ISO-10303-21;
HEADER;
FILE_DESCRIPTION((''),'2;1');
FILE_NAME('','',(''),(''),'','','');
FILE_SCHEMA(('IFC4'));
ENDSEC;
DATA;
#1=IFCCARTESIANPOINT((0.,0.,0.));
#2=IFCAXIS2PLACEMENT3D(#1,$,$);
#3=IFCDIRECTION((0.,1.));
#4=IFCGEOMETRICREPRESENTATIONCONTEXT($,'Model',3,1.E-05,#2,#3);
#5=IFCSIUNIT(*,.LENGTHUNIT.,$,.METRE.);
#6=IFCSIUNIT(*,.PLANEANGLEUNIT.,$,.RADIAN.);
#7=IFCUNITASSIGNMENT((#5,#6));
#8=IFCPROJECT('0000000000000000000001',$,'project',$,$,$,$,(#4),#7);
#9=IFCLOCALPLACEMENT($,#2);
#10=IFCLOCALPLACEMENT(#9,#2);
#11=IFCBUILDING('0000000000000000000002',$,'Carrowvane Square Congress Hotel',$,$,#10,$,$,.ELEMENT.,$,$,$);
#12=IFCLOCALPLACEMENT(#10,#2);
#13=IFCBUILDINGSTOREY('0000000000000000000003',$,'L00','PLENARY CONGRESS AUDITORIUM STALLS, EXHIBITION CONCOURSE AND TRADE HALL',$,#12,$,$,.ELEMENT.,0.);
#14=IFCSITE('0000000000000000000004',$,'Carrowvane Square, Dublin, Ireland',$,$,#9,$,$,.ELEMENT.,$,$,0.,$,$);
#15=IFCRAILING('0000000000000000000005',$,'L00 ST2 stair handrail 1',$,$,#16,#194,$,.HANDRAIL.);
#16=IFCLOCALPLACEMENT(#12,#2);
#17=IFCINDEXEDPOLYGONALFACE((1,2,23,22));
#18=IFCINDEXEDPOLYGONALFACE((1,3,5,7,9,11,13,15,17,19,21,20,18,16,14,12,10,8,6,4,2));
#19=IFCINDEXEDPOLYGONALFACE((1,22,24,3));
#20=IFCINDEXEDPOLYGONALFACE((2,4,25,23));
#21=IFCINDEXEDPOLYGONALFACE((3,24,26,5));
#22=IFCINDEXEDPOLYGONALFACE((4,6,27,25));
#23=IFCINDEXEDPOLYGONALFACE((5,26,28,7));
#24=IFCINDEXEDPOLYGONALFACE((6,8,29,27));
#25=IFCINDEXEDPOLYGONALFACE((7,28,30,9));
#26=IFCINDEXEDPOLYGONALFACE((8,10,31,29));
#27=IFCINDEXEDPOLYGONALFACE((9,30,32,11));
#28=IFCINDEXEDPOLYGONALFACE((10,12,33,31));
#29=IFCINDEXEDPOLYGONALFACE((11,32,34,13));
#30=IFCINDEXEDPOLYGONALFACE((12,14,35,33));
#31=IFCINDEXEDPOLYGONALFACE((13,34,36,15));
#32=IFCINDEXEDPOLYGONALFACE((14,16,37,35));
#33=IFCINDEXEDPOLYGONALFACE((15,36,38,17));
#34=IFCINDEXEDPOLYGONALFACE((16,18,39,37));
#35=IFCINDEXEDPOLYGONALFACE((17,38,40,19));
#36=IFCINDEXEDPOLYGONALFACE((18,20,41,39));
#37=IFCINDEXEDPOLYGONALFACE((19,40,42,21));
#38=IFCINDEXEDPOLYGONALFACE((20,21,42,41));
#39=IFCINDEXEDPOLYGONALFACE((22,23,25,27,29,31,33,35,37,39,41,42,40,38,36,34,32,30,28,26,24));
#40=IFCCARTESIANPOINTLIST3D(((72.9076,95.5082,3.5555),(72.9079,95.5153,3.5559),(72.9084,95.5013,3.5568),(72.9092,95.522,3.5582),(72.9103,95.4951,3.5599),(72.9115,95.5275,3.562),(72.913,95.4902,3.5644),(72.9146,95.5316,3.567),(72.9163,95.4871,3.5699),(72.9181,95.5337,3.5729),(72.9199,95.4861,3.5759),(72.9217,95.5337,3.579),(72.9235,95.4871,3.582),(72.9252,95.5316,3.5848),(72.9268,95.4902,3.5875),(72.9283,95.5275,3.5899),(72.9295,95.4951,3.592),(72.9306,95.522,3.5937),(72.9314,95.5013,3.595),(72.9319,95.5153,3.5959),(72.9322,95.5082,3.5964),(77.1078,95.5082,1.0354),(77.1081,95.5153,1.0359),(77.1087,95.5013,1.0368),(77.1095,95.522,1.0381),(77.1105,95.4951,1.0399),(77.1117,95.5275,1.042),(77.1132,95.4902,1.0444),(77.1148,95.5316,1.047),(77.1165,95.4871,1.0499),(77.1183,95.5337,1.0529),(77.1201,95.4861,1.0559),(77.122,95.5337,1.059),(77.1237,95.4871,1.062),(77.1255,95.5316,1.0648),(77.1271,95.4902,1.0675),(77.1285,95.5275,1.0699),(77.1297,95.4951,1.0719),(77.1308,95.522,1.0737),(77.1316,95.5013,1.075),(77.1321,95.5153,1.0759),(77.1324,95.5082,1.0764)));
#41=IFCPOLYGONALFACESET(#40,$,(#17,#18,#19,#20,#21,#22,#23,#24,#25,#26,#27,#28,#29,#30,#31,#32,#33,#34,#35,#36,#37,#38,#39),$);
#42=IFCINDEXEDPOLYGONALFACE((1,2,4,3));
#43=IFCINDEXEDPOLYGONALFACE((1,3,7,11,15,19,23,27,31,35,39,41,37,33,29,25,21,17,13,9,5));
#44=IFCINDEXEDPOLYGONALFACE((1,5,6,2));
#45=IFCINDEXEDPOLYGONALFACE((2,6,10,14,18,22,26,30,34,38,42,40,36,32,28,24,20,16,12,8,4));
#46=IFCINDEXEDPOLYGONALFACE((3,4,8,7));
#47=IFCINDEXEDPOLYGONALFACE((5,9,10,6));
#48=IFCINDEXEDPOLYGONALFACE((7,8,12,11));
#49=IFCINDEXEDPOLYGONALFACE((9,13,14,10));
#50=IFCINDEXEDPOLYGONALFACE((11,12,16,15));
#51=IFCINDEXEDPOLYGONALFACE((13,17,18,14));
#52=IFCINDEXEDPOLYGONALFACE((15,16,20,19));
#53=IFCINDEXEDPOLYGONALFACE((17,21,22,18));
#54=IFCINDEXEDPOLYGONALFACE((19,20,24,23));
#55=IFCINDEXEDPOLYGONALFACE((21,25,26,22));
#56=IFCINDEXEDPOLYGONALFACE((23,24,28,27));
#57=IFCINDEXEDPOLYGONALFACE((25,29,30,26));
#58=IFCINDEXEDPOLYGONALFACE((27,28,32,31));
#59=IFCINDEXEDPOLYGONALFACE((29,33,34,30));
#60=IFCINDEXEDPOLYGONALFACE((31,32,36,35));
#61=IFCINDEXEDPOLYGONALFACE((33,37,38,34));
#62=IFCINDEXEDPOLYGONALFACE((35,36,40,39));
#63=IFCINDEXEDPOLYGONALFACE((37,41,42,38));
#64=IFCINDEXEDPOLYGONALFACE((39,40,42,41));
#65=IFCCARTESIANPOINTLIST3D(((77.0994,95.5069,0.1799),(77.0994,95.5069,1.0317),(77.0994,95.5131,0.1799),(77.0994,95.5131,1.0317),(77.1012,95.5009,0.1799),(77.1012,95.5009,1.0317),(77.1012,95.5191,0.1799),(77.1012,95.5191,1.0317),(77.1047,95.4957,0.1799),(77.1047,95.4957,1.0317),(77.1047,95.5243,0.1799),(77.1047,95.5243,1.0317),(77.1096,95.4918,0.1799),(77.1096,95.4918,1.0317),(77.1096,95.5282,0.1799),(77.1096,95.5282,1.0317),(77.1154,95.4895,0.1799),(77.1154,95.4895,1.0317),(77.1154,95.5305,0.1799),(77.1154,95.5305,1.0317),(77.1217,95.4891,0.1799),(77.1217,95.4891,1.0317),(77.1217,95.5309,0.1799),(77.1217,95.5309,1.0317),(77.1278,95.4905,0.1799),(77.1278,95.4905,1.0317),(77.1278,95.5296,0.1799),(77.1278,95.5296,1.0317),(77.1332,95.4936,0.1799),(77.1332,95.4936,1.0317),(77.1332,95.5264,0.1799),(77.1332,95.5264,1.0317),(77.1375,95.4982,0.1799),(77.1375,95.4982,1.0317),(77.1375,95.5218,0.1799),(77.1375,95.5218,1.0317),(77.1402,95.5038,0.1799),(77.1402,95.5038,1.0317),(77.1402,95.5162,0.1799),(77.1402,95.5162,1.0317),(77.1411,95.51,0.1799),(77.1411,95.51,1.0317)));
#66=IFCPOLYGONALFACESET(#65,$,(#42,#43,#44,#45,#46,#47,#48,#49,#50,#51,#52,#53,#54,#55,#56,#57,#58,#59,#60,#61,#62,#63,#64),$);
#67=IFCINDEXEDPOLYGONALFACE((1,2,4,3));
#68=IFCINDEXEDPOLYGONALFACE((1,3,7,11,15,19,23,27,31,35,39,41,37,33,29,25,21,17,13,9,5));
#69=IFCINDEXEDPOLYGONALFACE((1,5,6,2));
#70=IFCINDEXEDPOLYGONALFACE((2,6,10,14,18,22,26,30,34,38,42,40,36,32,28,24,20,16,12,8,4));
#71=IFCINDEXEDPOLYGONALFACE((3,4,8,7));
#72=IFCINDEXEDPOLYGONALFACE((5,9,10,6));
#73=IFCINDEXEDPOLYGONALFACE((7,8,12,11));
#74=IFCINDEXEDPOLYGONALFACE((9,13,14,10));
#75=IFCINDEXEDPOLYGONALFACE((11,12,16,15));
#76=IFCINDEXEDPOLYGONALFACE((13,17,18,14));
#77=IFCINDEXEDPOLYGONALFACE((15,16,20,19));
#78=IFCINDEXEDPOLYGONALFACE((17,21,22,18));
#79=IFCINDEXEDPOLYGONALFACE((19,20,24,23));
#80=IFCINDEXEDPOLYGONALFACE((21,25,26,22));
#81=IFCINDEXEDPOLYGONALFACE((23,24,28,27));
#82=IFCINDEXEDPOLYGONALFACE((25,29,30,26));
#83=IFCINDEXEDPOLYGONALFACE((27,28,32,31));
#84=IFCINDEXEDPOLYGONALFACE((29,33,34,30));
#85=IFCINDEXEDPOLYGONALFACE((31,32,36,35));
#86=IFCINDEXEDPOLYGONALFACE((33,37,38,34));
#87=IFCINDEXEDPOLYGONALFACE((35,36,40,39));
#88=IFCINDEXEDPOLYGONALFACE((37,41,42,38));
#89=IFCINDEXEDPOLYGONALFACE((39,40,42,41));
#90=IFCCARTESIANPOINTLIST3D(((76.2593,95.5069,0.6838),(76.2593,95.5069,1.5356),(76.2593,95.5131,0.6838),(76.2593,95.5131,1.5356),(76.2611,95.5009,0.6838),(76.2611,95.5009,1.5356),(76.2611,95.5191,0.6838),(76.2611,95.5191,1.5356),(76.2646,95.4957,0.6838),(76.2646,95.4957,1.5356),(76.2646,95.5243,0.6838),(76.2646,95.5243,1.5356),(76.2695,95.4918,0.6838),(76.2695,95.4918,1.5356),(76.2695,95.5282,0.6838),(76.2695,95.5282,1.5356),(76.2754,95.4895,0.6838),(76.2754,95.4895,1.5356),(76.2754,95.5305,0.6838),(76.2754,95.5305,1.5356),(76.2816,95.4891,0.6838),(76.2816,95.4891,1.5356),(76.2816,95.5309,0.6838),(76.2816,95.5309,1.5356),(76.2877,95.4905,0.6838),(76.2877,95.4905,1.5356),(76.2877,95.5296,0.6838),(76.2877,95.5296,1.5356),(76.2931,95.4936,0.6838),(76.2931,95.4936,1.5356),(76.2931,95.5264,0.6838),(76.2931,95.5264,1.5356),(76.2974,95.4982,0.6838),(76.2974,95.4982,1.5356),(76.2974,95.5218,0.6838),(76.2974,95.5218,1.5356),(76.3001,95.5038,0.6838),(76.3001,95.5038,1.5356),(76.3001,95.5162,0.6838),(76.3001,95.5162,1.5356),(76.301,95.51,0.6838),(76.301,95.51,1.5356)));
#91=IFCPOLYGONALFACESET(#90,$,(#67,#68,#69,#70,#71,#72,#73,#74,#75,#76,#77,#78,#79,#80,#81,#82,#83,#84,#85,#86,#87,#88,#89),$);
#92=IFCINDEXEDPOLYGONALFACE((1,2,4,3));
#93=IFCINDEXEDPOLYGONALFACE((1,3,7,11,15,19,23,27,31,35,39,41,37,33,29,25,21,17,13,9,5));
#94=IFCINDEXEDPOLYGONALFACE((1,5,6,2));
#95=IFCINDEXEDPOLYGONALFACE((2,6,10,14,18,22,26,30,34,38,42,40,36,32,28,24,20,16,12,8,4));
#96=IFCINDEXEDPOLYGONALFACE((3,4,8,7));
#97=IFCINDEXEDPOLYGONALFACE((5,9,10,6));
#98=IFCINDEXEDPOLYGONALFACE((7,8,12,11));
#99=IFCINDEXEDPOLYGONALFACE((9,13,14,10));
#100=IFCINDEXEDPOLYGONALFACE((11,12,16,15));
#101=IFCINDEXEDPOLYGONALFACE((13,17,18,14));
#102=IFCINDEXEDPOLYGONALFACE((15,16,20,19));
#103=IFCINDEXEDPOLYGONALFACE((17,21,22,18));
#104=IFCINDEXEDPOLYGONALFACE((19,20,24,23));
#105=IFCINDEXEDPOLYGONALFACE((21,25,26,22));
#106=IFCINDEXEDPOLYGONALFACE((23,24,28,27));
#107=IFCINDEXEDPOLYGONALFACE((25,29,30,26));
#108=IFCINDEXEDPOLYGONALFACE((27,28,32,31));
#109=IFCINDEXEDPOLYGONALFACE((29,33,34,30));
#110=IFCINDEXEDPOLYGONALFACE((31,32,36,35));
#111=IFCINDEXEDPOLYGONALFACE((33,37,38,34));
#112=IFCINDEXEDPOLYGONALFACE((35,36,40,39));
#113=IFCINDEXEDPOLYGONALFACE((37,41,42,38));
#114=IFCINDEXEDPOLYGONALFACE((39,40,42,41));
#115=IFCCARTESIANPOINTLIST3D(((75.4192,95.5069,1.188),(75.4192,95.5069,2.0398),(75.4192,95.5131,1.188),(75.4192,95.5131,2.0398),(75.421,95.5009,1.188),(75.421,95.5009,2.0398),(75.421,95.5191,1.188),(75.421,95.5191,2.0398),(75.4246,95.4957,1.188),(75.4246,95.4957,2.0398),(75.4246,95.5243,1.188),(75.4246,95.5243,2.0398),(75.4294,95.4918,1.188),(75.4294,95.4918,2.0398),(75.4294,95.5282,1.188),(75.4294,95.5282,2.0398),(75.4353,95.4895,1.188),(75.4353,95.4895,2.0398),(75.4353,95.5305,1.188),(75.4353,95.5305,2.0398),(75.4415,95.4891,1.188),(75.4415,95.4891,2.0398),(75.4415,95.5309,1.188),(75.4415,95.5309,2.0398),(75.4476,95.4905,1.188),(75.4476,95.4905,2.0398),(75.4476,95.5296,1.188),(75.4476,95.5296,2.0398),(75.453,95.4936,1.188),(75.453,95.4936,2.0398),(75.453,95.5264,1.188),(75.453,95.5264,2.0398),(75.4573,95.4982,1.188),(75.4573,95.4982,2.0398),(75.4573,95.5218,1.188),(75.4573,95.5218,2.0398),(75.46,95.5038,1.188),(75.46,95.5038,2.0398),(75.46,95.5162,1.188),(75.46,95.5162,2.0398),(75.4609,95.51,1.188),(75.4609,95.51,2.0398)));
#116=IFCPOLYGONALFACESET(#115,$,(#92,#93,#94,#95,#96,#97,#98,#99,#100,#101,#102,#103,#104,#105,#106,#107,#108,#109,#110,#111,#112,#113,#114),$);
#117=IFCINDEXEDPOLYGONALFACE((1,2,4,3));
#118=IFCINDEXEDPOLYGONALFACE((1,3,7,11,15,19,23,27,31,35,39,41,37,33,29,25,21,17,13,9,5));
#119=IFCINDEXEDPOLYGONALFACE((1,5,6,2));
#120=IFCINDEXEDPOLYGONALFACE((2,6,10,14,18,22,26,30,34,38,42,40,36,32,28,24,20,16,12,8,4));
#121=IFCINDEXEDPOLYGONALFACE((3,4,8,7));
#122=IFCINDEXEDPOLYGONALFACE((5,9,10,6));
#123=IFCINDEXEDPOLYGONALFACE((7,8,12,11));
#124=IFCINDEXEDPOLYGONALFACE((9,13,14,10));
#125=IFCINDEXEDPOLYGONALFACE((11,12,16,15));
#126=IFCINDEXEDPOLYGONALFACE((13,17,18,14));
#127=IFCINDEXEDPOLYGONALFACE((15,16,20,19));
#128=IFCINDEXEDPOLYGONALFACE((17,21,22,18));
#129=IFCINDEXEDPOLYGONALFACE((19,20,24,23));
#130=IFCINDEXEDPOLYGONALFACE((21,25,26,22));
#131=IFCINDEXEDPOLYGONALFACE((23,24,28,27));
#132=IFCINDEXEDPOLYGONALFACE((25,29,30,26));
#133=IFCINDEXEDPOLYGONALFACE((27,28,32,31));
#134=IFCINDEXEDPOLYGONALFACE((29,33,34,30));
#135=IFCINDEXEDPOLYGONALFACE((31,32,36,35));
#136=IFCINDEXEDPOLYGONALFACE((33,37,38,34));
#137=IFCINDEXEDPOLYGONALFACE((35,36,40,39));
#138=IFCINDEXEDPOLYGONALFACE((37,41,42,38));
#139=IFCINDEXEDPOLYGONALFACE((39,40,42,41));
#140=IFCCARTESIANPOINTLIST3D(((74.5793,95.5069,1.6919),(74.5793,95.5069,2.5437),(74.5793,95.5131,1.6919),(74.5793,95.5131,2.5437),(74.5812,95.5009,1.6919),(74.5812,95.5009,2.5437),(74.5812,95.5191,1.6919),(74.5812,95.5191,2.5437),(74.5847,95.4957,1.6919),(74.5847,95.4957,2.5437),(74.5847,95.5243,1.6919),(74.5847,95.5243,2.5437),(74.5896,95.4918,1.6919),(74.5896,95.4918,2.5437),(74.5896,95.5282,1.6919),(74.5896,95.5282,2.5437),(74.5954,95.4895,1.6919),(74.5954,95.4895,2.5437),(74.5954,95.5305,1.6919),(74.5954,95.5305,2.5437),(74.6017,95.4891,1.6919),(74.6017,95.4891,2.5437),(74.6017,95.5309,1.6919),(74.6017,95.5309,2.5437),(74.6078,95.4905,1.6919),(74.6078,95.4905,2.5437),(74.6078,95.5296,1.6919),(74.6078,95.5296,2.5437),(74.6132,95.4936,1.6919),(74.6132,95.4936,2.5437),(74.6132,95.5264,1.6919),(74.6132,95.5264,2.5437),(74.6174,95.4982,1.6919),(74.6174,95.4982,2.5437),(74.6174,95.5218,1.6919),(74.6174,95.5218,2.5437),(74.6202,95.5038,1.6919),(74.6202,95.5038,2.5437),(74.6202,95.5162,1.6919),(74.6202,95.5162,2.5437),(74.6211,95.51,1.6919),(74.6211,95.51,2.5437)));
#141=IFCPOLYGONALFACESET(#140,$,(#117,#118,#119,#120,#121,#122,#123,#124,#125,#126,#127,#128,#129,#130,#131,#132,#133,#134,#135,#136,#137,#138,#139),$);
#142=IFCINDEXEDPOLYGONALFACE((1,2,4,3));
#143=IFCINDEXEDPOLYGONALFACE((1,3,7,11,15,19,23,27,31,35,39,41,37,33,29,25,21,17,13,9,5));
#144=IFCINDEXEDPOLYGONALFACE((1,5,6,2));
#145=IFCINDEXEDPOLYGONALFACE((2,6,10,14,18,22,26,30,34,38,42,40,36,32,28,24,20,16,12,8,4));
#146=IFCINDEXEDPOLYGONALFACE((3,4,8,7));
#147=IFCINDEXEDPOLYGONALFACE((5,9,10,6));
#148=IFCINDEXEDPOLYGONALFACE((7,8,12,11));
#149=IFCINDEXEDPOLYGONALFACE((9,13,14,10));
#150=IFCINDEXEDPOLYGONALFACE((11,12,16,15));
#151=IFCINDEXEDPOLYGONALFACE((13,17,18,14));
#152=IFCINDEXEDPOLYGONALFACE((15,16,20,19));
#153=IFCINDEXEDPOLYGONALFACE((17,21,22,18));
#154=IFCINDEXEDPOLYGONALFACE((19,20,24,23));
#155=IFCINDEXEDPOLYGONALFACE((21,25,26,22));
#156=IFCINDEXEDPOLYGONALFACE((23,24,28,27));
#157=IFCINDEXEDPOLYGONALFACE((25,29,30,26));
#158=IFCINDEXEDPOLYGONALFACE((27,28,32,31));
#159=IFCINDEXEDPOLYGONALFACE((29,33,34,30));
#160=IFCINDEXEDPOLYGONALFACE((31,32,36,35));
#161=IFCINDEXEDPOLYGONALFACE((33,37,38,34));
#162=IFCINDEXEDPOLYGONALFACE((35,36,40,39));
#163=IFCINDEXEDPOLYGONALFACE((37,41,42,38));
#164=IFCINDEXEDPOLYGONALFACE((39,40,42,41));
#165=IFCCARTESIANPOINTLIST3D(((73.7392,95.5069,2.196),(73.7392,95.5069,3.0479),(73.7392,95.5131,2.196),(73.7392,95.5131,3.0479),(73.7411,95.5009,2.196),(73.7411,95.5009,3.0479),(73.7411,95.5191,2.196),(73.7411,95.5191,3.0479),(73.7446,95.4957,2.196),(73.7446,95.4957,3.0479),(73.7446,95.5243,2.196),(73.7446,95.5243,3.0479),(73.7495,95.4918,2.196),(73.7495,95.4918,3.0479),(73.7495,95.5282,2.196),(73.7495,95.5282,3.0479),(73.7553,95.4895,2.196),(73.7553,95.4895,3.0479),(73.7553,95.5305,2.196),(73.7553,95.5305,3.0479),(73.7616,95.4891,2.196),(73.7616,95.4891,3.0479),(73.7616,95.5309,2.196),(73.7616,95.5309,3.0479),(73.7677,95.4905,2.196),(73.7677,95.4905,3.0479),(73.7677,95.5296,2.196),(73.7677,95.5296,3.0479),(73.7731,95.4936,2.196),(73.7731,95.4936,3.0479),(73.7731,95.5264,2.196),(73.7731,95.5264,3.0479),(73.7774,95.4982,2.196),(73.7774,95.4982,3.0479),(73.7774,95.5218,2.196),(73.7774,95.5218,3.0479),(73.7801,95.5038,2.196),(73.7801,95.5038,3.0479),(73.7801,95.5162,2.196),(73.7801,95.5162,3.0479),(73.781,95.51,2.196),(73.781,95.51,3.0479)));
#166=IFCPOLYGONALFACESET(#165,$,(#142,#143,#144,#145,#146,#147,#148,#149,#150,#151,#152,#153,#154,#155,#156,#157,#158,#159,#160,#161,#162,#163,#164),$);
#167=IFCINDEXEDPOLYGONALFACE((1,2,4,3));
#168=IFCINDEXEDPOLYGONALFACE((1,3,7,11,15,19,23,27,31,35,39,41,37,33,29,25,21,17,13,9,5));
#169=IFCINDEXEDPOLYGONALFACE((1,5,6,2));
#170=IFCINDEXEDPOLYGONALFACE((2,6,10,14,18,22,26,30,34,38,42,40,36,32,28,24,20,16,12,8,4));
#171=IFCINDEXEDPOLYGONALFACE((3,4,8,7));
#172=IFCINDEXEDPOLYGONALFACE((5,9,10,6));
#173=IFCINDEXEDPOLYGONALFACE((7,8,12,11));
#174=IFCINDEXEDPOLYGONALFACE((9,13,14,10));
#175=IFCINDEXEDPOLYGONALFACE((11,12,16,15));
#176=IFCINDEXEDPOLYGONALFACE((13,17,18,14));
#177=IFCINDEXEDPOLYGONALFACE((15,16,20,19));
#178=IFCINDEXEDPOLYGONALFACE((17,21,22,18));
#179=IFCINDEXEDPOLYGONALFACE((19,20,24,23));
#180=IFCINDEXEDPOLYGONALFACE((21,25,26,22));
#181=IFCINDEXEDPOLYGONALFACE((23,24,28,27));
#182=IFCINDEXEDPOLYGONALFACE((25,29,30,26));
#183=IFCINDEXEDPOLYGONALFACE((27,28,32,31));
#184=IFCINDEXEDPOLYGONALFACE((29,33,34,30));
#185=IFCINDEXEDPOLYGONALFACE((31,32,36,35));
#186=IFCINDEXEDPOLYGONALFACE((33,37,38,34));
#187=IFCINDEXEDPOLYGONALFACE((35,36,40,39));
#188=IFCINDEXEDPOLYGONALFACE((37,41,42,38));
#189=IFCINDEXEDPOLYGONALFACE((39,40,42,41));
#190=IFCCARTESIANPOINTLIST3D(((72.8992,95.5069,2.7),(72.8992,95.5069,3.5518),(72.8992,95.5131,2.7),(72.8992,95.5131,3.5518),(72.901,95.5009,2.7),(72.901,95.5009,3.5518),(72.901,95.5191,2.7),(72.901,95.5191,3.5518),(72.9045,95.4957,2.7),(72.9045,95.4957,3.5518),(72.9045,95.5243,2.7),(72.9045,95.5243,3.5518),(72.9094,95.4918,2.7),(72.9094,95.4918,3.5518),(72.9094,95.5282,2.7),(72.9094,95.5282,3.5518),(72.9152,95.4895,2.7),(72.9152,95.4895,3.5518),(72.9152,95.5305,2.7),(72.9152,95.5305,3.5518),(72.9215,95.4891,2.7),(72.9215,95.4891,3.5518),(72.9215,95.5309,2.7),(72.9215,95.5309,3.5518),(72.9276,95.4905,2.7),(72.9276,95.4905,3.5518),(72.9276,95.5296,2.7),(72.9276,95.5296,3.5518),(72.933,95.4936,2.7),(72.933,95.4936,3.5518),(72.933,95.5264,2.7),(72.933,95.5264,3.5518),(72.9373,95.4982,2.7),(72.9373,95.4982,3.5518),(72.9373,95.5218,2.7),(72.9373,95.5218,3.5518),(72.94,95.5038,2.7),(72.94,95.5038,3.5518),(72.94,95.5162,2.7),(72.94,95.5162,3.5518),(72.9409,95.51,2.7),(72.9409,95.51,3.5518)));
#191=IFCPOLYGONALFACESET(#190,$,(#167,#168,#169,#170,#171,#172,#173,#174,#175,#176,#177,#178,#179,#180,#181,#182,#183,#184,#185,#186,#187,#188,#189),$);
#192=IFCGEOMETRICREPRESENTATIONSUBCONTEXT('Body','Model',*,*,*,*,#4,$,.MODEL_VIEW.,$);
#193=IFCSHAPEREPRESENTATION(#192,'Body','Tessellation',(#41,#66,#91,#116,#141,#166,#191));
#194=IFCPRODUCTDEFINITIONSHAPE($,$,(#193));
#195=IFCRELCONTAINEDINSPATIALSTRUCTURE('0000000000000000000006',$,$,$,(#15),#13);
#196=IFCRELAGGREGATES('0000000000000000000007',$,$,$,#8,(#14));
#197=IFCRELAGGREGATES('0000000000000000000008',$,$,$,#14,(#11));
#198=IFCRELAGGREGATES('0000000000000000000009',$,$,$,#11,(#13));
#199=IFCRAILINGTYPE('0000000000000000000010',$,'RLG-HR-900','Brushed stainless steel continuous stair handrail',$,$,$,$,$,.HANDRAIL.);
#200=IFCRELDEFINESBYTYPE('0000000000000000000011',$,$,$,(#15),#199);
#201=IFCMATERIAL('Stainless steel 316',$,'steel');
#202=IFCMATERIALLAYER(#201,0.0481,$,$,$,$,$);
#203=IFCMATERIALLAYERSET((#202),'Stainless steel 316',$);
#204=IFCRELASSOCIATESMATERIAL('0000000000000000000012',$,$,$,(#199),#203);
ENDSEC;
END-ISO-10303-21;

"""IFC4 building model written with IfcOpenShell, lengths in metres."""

from ifc_helpers import new_model, si_unit, direction, frame, origin, origin_2d, place, context, subcontext, project, spatial, circle, extrude, material, layer, layer_set, type_object, element, save


model = new_model("IFC4")

# Units and contexts
model_context = context("Model", 3, precision=1e-05, world=origin(), true_north=direction((0.0, 1.0)))
body_context = subcontext(model_context, "Body", "Model", "MODEL_VIEW")
ifc_project = project(units=[si_unit("LENGTHUNIT", "METRE"), si_unit("PLANEANGLEUNIT", "RADIAN")], contexts=[model_context])

# Site, building, storey
site_placement = place(None, origin())
site = spatial("IfcSite", under=ifc_project, at=site_placement, Name="Carrowvane Square, Dublin, Ireland", CompositionType="ELEMENT", RefElevation=0.0)
building_placement = place(site_placement, origin())
building = spatial("IfcBuilding", under=site, at=building_placement, Name="Carrowvane Square Congress Hotel", CompositionType="ELEMENT")
storey_placement = place(building_placement, origin())
storey = spatial("IfcBuildingStorey", under=building, at=storey_placement, Name="L00", Description="PLENARY CONGRESS AUDITORIUM STALLS, EXHIBITION CONCOURSE AND TRADE HALL", CompositionType="ELEMENT", Elevation=0.0)

# Railing
ifc_material_1 = material(Name="Stainless steel 316", Category="steel")
ifc_layer_1 = layer(ifc_material_1, 0.0481)
ifc_layer_set_1 = layer_set([ifc_layer_1], Name="Stainless steel 316")
railing_type_1 = type_object("IfcRailingType", Name="RLG-HR-900", Description="Brushed stainless steel continuous stair handrail", PredefinedType="HANDRAIL", material=ifc_layer_set_1)
railing_1_placement = place(storey_placement, frame((77.1201, 95.51, 0.1799)))
element("IfcRailing", 1, at=railing_1_placement, inside=storey, type_object=railing_type_1, Name="L00 ST2 stair handrail 1", PredefinedType="HANDRAIL", context=body_context, shape_type="SweptSolid", body=[
    extrude(circle(Radius=0.0239, at=origin_2d()), frame((0.0, 0.0, 0.876), z_axis=(-0.857502, 0.0, 0.514481), x_axis=(0.0, -1.0, 0.0)), (0.0, 0.0, 1.0), 4.8982),
    extrude(circle(Radius=0.021, at=origin_2d()), origin(), (0.0, 0.0, 1.0), 0.8518),
    extrude(circle(Radius=0.021, at=origin_2d()), frame((-0.8401, 0.0, 0.5039)), (0.0, 0.0, 1.0), 0.8518),
    extrude(circle(Radius=0.021, at=origin_2d()), frame((-1.6802, 0.0, 1.0081)), (0.0, 0.0, 1.0), 0.8518),
    extrude(circle(Radius=0.021, at=origin_2d()), frame((-2.52, 0.0, 1.512)), (0.0, 0.0, 1.0), 0.8518),
    extrude(circle(Radius=0.021, at=origin_2d()), frame((-3.3601, 0.0, 2.0161)), (0.0, 0.0, 1.0), 0.8518),
    extrude(circle(Radius=0.021, at=origin_2d()), frame((-4.2002, 0.0, 2.52)), (0.0, 0.0, 1.0), 0.8518),
])

save(model, "model.ifc")
